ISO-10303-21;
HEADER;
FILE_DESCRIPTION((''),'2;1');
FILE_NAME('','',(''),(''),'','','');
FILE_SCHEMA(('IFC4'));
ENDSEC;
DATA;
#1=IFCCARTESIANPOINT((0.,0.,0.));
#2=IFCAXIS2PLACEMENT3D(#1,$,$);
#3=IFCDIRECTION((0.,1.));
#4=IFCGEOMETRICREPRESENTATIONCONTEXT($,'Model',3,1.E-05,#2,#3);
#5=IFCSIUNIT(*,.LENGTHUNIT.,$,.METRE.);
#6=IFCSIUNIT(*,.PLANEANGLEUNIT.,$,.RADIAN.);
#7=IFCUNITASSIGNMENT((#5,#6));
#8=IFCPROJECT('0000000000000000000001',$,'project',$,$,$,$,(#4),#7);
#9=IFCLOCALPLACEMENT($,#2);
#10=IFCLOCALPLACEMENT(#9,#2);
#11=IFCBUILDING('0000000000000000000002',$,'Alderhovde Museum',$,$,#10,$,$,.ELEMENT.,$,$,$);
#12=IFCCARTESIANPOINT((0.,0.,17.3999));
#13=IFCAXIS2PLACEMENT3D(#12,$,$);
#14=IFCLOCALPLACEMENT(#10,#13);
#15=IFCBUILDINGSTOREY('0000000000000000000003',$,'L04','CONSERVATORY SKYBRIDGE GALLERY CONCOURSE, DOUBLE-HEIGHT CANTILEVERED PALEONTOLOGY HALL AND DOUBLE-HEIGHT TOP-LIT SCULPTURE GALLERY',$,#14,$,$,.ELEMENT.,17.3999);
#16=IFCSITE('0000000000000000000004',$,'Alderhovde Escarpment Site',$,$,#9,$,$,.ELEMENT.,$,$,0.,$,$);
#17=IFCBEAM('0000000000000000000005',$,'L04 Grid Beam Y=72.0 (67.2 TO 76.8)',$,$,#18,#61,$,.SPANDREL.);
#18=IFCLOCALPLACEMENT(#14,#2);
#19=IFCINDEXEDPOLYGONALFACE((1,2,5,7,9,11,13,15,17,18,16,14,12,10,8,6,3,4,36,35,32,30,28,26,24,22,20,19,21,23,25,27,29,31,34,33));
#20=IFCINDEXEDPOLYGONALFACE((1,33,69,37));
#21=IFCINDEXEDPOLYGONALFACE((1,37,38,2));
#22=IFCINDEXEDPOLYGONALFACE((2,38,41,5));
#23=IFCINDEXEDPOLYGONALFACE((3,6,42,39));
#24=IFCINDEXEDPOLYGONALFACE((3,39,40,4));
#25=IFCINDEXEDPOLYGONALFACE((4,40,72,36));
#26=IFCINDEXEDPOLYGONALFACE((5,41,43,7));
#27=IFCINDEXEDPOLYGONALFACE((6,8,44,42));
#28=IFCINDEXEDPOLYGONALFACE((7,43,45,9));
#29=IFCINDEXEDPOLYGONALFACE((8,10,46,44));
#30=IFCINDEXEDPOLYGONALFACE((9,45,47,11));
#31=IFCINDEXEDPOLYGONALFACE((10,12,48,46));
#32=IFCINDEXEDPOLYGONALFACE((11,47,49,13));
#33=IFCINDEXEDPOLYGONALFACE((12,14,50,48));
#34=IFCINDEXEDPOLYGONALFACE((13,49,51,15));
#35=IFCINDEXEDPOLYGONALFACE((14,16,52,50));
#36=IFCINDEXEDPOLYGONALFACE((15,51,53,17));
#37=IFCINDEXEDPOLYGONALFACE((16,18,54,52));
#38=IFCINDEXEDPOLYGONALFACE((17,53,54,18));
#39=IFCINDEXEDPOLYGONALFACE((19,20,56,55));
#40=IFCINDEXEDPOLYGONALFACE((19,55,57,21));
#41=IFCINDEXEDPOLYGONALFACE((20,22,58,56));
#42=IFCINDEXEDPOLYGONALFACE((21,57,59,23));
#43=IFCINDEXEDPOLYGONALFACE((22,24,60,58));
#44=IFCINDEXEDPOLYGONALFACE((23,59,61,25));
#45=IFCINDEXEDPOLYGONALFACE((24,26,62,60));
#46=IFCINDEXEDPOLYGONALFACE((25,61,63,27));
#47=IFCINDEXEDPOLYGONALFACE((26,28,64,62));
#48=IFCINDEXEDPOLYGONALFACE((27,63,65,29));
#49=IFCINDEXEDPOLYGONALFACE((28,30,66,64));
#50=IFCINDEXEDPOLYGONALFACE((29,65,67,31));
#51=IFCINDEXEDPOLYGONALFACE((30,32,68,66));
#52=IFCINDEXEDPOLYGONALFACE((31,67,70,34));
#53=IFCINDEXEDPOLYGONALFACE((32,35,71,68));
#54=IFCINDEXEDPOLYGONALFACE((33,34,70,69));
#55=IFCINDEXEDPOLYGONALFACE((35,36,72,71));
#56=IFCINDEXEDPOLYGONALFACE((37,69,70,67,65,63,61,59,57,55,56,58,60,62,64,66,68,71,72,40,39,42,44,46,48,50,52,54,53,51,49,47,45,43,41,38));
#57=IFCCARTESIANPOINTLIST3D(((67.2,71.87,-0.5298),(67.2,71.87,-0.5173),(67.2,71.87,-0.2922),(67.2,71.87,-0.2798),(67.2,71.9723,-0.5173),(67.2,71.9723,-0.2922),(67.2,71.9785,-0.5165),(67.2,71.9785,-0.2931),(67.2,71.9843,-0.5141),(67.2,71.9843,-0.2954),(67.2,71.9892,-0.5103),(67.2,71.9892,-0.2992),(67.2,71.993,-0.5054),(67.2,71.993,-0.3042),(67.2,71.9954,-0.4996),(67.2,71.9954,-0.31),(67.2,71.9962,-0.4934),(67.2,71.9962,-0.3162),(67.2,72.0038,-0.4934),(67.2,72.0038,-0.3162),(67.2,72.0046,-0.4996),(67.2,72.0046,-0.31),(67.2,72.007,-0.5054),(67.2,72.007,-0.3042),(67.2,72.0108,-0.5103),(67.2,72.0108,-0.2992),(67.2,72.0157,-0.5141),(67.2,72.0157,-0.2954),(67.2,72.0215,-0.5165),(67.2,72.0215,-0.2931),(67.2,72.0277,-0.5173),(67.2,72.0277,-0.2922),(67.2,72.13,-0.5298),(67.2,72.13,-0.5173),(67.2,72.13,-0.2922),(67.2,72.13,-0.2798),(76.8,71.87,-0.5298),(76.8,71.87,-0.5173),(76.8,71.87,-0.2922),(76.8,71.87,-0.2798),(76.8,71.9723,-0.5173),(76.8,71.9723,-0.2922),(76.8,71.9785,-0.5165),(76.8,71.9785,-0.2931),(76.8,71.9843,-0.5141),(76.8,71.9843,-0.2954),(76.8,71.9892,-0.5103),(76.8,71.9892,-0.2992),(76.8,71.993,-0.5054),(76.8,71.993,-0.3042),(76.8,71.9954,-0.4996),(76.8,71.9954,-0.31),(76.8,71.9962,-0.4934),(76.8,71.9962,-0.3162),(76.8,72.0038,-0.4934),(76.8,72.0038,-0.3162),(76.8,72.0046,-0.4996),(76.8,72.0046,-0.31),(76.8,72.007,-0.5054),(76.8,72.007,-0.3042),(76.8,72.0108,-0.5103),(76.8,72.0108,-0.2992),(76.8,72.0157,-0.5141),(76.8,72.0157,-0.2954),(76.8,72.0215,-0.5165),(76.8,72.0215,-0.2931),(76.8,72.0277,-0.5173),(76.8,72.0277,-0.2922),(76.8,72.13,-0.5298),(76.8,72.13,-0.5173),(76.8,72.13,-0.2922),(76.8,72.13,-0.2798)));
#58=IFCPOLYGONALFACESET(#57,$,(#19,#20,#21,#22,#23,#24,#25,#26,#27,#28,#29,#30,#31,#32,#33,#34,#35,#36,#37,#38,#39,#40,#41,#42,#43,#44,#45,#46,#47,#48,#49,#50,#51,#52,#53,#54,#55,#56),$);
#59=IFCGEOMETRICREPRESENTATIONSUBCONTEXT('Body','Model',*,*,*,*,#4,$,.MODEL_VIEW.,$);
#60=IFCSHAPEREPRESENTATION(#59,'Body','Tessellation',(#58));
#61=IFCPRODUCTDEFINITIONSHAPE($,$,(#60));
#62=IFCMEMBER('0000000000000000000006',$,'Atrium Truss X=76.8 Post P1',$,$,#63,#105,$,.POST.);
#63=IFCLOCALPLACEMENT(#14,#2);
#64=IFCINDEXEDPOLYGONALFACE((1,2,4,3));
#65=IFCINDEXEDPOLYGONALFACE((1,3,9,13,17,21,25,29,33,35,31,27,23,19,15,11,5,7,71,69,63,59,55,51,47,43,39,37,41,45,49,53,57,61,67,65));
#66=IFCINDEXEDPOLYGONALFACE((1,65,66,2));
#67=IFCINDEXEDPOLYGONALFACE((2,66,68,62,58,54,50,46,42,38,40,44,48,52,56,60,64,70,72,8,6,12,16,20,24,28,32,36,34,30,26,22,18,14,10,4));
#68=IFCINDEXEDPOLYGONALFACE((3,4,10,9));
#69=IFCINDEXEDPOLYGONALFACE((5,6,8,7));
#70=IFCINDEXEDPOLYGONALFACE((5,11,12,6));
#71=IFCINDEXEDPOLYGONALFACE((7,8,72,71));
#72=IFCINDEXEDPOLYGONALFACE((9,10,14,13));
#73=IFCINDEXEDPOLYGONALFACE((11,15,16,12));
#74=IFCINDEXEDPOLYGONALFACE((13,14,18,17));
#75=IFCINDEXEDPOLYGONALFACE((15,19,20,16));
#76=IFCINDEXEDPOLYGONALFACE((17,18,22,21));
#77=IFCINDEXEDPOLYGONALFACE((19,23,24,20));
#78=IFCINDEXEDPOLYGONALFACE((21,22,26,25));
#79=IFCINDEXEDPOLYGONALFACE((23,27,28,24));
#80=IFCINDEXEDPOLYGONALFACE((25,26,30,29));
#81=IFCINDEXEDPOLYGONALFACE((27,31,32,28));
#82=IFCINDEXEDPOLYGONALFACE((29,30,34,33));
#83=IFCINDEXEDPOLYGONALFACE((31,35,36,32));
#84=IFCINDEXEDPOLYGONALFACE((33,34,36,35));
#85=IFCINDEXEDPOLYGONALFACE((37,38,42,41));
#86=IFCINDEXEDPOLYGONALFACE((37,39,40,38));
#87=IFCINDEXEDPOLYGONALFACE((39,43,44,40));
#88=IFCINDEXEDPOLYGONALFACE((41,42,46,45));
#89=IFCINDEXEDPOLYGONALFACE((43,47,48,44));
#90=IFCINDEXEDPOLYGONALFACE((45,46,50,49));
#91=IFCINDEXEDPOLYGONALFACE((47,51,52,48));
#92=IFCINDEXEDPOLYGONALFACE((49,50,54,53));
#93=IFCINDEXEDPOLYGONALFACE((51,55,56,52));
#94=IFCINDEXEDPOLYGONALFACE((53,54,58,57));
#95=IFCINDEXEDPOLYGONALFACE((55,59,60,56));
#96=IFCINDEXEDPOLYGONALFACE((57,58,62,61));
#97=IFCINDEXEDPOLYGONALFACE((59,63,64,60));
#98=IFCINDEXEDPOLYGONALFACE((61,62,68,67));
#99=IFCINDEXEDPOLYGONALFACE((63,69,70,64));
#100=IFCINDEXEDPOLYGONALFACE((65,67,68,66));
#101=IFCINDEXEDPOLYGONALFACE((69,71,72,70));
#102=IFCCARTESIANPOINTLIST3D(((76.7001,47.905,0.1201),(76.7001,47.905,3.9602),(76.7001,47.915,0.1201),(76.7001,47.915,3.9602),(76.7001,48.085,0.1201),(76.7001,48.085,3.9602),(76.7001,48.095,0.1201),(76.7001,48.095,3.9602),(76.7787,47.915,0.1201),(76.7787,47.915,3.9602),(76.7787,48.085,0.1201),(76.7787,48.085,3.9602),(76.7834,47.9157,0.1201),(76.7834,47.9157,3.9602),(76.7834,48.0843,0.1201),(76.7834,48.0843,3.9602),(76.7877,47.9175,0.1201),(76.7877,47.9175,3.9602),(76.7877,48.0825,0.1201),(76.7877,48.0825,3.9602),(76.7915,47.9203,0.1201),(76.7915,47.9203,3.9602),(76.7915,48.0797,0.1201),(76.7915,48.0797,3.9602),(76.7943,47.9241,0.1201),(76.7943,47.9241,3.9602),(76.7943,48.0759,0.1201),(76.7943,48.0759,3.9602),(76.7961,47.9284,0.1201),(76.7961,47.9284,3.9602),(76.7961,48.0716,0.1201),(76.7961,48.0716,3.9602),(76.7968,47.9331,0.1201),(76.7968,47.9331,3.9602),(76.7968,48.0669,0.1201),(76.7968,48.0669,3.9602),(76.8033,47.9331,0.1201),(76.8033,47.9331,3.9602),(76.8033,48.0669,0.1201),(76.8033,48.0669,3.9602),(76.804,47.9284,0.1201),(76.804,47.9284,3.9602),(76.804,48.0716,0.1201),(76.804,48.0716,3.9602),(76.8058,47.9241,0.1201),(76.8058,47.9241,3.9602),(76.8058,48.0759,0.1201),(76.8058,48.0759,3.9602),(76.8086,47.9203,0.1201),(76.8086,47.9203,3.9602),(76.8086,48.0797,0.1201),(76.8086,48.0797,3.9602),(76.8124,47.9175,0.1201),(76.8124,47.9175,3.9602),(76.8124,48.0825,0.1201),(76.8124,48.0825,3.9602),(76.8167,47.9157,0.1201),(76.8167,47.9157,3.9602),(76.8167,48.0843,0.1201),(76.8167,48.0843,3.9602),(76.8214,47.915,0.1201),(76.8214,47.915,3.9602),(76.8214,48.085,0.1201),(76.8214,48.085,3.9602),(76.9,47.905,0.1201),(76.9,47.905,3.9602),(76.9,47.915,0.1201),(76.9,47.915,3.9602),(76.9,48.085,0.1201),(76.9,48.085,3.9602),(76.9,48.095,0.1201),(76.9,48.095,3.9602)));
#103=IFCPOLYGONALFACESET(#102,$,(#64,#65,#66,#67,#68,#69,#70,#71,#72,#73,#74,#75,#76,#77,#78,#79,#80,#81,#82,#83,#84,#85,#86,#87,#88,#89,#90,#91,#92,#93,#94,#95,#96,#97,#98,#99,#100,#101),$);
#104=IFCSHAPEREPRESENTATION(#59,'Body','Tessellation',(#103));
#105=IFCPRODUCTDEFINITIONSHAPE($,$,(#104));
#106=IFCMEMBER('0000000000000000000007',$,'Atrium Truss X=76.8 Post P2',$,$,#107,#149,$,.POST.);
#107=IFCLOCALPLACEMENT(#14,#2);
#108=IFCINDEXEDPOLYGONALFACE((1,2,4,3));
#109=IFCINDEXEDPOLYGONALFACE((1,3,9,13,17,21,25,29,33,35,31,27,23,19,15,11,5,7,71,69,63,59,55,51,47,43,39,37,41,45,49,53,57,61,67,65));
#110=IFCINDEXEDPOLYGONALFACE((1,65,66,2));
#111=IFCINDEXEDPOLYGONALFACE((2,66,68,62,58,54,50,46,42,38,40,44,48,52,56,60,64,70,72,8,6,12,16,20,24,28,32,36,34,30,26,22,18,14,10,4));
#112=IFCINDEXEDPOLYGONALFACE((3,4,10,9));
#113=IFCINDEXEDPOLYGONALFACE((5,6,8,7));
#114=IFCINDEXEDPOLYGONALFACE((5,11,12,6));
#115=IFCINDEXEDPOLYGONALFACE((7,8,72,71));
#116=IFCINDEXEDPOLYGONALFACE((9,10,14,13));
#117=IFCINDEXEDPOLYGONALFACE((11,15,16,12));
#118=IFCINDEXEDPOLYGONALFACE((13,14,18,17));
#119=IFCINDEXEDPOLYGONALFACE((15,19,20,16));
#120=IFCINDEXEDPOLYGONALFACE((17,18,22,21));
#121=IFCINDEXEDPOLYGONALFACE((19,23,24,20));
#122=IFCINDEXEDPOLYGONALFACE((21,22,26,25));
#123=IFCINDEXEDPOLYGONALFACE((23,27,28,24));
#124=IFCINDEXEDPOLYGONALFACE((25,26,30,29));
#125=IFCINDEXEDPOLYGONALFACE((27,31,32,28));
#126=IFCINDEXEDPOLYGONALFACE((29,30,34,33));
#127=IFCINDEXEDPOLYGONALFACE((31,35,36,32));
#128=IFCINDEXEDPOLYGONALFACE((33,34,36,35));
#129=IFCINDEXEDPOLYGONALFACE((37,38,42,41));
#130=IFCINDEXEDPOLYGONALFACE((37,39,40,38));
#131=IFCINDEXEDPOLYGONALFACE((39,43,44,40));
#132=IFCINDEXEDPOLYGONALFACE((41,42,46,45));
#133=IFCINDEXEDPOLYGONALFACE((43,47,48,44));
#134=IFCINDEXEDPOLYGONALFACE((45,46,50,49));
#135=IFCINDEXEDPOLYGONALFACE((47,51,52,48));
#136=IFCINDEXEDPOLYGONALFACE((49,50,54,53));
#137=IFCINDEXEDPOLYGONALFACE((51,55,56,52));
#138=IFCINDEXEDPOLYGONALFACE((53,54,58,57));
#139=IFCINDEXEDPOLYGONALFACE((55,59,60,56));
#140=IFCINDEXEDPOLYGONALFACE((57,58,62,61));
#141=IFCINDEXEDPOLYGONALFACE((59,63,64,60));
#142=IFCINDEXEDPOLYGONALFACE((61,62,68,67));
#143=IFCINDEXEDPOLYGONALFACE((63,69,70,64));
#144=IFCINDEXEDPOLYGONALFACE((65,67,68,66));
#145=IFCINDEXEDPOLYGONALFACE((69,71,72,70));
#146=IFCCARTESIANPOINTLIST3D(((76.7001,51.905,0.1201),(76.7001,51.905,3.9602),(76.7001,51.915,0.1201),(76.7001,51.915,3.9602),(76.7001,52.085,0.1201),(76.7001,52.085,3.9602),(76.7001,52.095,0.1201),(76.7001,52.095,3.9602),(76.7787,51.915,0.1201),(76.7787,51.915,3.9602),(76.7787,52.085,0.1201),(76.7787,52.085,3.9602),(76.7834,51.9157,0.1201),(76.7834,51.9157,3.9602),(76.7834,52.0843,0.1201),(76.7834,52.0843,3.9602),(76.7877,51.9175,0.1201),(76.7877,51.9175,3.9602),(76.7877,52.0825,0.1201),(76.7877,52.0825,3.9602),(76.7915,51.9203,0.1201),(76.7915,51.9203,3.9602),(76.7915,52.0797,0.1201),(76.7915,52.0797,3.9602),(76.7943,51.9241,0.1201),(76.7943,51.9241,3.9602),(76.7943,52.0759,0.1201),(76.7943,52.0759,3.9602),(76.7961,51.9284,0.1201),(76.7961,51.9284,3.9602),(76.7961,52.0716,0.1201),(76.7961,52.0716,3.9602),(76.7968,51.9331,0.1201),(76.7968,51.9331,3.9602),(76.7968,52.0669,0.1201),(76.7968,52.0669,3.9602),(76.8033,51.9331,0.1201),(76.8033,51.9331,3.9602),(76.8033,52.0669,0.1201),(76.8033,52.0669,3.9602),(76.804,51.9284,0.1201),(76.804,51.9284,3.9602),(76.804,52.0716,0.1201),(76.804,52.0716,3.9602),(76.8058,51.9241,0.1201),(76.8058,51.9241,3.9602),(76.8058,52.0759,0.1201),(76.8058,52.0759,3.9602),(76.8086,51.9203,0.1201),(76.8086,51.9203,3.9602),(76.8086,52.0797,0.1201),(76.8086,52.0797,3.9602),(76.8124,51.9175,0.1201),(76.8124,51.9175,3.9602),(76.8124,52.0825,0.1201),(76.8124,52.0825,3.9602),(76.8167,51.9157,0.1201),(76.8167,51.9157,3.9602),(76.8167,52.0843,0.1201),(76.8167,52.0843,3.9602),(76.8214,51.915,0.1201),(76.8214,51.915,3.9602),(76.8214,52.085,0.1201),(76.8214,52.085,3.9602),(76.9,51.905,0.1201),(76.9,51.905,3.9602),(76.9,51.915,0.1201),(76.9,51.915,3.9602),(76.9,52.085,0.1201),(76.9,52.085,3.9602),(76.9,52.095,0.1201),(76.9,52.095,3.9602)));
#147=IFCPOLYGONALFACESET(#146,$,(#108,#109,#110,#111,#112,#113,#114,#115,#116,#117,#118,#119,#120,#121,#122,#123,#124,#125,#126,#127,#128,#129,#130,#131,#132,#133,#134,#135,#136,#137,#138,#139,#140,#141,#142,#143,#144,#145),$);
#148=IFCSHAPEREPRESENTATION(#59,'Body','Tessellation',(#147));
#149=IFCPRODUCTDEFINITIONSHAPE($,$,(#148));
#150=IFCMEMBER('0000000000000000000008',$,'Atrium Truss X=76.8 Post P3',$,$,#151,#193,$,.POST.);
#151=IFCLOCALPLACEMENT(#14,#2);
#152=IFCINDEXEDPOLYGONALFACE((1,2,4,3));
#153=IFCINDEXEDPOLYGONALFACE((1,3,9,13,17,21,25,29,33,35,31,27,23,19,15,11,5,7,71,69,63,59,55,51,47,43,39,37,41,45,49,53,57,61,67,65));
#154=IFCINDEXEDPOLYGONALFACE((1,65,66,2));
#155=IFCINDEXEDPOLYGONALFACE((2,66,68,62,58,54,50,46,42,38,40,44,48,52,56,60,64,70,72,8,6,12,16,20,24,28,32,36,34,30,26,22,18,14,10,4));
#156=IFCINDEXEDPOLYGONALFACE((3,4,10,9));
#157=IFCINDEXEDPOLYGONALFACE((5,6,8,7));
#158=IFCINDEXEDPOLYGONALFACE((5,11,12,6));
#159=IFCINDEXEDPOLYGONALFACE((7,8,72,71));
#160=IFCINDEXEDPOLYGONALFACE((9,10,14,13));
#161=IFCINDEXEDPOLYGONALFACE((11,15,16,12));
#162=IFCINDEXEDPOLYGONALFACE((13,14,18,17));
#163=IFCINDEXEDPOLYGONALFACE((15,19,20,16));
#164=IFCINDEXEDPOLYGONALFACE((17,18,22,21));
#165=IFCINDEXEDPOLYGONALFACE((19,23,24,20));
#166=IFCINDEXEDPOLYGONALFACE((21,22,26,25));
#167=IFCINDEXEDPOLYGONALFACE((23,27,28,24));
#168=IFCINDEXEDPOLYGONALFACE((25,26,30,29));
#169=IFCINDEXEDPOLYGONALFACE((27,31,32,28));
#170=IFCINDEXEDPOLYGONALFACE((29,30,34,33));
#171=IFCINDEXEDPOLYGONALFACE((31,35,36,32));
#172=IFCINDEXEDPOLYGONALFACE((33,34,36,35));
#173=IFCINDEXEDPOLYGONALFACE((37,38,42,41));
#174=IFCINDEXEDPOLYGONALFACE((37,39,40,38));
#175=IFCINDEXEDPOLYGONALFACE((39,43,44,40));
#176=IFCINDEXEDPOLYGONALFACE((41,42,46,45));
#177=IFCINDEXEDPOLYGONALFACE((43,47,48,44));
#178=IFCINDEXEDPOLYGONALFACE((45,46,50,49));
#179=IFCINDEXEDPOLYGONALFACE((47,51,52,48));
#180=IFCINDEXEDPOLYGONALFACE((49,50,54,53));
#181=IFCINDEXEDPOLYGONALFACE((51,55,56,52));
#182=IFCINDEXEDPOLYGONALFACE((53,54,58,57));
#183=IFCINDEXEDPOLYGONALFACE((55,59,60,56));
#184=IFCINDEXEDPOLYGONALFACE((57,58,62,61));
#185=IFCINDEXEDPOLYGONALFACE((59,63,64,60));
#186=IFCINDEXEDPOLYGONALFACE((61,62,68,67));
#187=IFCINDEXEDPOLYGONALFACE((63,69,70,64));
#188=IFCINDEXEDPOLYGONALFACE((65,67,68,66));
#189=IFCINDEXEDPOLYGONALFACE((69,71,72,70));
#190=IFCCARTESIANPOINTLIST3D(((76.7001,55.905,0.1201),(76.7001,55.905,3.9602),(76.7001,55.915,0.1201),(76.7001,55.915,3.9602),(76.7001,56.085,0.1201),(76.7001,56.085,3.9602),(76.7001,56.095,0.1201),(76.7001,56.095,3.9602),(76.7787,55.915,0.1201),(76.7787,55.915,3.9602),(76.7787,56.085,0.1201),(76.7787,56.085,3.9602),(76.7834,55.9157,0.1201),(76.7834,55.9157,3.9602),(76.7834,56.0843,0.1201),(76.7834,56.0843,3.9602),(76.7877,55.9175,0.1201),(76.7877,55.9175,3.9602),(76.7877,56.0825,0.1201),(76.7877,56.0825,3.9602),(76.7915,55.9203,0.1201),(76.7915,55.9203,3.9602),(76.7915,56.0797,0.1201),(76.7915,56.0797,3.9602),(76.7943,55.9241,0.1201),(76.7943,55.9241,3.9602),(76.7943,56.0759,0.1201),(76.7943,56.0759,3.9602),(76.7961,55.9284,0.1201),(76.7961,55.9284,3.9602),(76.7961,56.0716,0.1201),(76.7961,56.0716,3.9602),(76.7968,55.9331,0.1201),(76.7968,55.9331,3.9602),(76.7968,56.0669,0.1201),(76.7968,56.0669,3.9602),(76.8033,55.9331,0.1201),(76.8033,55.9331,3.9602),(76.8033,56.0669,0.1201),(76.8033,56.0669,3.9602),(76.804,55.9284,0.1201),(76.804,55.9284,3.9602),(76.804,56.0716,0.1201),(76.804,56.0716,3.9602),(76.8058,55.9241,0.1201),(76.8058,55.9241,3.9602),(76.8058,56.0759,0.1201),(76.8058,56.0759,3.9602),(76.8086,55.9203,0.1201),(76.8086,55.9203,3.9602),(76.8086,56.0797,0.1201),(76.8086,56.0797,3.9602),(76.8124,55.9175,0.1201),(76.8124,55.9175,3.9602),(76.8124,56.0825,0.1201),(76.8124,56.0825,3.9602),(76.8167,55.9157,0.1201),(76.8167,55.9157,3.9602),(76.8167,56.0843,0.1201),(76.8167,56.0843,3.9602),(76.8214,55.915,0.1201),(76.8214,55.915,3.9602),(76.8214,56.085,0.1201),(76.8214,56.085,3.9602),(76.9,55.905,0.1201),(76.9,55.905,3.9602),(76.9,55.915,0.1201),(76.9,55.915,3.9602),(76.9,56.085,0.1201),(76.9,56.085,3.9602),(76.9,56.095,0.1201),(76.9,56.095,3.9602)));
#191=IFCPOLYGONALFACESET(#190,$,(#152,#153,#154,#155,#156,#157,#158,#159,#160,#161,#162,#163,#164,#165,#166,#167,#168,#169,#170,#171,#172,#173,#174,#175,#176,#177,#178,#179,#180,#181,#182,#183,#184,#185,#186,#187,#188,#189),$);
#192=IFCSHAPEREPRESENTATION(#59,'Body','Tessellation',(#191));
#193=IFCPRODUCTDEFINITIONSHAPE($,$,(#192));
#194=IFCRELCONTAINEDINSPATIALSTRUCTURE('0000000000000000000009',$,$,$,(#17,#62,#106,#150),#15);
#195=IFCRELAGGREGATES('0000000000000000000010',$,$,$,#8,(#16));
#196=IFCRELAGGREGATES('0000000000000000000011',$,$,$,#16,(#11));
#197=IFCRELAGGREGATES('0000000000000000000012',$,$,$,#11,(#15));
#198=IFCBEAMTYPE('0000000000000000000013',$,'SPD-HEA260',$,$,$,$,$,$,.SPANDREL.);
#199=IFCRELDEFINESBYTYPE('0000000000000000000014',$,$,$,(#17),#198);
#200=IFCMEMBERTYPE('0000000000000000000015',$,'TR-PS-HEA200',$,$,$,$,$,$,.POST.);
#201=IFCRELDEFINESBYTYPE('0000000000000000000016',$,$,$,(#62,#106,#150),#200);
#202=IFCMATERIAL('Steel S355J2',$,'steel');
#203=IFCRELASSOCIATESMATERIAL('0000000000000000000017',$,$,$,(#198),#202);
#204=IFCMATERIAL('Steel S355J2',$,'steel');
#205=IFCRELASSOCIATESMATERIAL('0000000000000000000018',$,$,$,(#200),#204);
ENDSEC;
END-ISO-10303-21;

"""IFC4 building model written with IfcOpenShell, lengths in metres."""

from ifc_helpers import new_model, si_unit, direction, frame, origin, origin_2d, place, context, subcontext, project, spatial, i_section, extrude, material, material_profile, profile_set, type_object, element, save


model = new_model("IFC4")

# Units and contexts
model_context = context("Model", 3, precision=1e-05, world=origin(), true_north=direction((0.0, 1.0)))
body_context = subcontext(model_context, "Body", "Model", "MODEL_VIEW")
ifc_project = project(units=[si_unit("LENGTHUNIT", "METRE"), si_unit("PLANEANGLEUNIT", "RADIAN")], contexts=[model_context])

# Site, building, storey
site_placement = place(None, origin())
site = spatial("IfcSite", under=ifc_project, at=site_placement, Name="Alderhovde Escarpment Site", CompositionType="ELEMENT", RefElevation=0.0)
building_placement = place(site_placement, origin())
building = spatial("IfcBuilding", under=site, at=building_placement, Name="Alderhovde Museum", CompositionType="ELEMENT")
storey_placement = place(building_placement, frame((0.0, 0.0, 17.3999)))
storey = spatial("IfcBuildingStorey", under=building, at=storey_placement, Name="L04", Description="CONSERVATORY SKYBRIDGE GALLERY CONCOURSE, DOUBLE-HEIGHT CANTILEVERED PALEONTOLOGY HALL AND DOUBLE-HEIGHT TOP-LIT SCULPTURE GALLERY", CompositionType="ELEMENT", Elevation=17.3999)

# Beam
ifc_material_1 = material(Name="Steel S355J2", Category="steel")
ifc_material_profile_1 = material_profile(ifc_material_1, i_section(OverallWidth=0.26, OverallDepth=0.25, WebThickness=0.0076, FlangeThickness=0.0125, FilletRadius=0.0239, at=origin_2d()), Name="HEA 260")
ifc_profile_set_1 = profile_set([ifc_material_profile_1], Name="Steel S355J2")
beam_type_1 = type_object("IfcBeamType", Name="SPD-HEA260", PredefinedType="SPANDREL", material=ifc_profile_set_1)
beam_1_placement = place(storey_placement, frame((67.2, 72.0, -0.4048), z_axis=(1.0, 0.0, 0.0), x_axis=(0.0, 1.0, 0.0)))
element("IfcBeam", 1, at=beam_1_placement, inside=storey, type_object=beam_type_1, Name="L04 Grid Beam Y=72.0 (67.2 TO 76.8)", PredefinedType="SPANDREL", context=body_context, shape_type="SweptSolid", body=[
    extrude(i_section(OverallWidth=0.26, OverallDepth=0.25, WebThickness=0.0076, FlangeThickness=0.0125, FilletRadius=0.0239, at=origin_2d()), origin(), (0.0, 0.0, 1.0), 9.6001),
])

# Members
ifc_material_2 = material(Name="Steel S355J2", Category="steel")
ifc_material_profile_2 = material_profile(ifc_material_2, i_section(OverallWidth=0.2, OverallDepth=0.1899, WebThickness=0.0066, FlangeThickness=0.01, FilletRadius=0.0181, at=origin_2d()), Name="HEA 200")
ifc_profile_set_2 = profile_set([ifc_material_profile_2], Name="Steel S355J2")
member_type_1 = type_object("IfcMemberType", Name="TR-PS-HEA200", PredefinedType="POST", material=ifc_profile_set_2)
for number, where, z_axis, x_axis, name in (
    (2, (76.8, 48.0, 0.1201), (0.0, 0.0, 1.0), (1.0, 0.0, 0.0), "Atrium Truss X=76.8 Post P1"),
    (3, (76.8, 52.0, 0.1201), (0.0, 0.0, 1.0), (1.0, 0.0, 0.0), "Atrium Truss X=76.8 Post P2"),
    (4, (76.8, 56.0, 0.1201), (0.0, 0.0, 1.0), (1.0, 0.0, 0.0), "Atrium Truss X=76.8 Post P3"),
):
    element("IfcMember", number, at=place(storey_placement, frame(where, z_axis=z_axis, x_axis=x_axis)), inside=storey, type_object=member_type_1, Name=name, PredefinedType="POST", context=body_context, shape_type="SweptSolid", body=[
        extrude(i_section(OverallWidth=0.2, OverallDepth=0.1899, WebThickness=0.0066, FlangeThickness=0.01, FilletRadius=0.0181, at=origin_2d()), origin(), (0.0, 0.0, 1.0), 3.8401),
    ])

save(model, "model.ifc")
